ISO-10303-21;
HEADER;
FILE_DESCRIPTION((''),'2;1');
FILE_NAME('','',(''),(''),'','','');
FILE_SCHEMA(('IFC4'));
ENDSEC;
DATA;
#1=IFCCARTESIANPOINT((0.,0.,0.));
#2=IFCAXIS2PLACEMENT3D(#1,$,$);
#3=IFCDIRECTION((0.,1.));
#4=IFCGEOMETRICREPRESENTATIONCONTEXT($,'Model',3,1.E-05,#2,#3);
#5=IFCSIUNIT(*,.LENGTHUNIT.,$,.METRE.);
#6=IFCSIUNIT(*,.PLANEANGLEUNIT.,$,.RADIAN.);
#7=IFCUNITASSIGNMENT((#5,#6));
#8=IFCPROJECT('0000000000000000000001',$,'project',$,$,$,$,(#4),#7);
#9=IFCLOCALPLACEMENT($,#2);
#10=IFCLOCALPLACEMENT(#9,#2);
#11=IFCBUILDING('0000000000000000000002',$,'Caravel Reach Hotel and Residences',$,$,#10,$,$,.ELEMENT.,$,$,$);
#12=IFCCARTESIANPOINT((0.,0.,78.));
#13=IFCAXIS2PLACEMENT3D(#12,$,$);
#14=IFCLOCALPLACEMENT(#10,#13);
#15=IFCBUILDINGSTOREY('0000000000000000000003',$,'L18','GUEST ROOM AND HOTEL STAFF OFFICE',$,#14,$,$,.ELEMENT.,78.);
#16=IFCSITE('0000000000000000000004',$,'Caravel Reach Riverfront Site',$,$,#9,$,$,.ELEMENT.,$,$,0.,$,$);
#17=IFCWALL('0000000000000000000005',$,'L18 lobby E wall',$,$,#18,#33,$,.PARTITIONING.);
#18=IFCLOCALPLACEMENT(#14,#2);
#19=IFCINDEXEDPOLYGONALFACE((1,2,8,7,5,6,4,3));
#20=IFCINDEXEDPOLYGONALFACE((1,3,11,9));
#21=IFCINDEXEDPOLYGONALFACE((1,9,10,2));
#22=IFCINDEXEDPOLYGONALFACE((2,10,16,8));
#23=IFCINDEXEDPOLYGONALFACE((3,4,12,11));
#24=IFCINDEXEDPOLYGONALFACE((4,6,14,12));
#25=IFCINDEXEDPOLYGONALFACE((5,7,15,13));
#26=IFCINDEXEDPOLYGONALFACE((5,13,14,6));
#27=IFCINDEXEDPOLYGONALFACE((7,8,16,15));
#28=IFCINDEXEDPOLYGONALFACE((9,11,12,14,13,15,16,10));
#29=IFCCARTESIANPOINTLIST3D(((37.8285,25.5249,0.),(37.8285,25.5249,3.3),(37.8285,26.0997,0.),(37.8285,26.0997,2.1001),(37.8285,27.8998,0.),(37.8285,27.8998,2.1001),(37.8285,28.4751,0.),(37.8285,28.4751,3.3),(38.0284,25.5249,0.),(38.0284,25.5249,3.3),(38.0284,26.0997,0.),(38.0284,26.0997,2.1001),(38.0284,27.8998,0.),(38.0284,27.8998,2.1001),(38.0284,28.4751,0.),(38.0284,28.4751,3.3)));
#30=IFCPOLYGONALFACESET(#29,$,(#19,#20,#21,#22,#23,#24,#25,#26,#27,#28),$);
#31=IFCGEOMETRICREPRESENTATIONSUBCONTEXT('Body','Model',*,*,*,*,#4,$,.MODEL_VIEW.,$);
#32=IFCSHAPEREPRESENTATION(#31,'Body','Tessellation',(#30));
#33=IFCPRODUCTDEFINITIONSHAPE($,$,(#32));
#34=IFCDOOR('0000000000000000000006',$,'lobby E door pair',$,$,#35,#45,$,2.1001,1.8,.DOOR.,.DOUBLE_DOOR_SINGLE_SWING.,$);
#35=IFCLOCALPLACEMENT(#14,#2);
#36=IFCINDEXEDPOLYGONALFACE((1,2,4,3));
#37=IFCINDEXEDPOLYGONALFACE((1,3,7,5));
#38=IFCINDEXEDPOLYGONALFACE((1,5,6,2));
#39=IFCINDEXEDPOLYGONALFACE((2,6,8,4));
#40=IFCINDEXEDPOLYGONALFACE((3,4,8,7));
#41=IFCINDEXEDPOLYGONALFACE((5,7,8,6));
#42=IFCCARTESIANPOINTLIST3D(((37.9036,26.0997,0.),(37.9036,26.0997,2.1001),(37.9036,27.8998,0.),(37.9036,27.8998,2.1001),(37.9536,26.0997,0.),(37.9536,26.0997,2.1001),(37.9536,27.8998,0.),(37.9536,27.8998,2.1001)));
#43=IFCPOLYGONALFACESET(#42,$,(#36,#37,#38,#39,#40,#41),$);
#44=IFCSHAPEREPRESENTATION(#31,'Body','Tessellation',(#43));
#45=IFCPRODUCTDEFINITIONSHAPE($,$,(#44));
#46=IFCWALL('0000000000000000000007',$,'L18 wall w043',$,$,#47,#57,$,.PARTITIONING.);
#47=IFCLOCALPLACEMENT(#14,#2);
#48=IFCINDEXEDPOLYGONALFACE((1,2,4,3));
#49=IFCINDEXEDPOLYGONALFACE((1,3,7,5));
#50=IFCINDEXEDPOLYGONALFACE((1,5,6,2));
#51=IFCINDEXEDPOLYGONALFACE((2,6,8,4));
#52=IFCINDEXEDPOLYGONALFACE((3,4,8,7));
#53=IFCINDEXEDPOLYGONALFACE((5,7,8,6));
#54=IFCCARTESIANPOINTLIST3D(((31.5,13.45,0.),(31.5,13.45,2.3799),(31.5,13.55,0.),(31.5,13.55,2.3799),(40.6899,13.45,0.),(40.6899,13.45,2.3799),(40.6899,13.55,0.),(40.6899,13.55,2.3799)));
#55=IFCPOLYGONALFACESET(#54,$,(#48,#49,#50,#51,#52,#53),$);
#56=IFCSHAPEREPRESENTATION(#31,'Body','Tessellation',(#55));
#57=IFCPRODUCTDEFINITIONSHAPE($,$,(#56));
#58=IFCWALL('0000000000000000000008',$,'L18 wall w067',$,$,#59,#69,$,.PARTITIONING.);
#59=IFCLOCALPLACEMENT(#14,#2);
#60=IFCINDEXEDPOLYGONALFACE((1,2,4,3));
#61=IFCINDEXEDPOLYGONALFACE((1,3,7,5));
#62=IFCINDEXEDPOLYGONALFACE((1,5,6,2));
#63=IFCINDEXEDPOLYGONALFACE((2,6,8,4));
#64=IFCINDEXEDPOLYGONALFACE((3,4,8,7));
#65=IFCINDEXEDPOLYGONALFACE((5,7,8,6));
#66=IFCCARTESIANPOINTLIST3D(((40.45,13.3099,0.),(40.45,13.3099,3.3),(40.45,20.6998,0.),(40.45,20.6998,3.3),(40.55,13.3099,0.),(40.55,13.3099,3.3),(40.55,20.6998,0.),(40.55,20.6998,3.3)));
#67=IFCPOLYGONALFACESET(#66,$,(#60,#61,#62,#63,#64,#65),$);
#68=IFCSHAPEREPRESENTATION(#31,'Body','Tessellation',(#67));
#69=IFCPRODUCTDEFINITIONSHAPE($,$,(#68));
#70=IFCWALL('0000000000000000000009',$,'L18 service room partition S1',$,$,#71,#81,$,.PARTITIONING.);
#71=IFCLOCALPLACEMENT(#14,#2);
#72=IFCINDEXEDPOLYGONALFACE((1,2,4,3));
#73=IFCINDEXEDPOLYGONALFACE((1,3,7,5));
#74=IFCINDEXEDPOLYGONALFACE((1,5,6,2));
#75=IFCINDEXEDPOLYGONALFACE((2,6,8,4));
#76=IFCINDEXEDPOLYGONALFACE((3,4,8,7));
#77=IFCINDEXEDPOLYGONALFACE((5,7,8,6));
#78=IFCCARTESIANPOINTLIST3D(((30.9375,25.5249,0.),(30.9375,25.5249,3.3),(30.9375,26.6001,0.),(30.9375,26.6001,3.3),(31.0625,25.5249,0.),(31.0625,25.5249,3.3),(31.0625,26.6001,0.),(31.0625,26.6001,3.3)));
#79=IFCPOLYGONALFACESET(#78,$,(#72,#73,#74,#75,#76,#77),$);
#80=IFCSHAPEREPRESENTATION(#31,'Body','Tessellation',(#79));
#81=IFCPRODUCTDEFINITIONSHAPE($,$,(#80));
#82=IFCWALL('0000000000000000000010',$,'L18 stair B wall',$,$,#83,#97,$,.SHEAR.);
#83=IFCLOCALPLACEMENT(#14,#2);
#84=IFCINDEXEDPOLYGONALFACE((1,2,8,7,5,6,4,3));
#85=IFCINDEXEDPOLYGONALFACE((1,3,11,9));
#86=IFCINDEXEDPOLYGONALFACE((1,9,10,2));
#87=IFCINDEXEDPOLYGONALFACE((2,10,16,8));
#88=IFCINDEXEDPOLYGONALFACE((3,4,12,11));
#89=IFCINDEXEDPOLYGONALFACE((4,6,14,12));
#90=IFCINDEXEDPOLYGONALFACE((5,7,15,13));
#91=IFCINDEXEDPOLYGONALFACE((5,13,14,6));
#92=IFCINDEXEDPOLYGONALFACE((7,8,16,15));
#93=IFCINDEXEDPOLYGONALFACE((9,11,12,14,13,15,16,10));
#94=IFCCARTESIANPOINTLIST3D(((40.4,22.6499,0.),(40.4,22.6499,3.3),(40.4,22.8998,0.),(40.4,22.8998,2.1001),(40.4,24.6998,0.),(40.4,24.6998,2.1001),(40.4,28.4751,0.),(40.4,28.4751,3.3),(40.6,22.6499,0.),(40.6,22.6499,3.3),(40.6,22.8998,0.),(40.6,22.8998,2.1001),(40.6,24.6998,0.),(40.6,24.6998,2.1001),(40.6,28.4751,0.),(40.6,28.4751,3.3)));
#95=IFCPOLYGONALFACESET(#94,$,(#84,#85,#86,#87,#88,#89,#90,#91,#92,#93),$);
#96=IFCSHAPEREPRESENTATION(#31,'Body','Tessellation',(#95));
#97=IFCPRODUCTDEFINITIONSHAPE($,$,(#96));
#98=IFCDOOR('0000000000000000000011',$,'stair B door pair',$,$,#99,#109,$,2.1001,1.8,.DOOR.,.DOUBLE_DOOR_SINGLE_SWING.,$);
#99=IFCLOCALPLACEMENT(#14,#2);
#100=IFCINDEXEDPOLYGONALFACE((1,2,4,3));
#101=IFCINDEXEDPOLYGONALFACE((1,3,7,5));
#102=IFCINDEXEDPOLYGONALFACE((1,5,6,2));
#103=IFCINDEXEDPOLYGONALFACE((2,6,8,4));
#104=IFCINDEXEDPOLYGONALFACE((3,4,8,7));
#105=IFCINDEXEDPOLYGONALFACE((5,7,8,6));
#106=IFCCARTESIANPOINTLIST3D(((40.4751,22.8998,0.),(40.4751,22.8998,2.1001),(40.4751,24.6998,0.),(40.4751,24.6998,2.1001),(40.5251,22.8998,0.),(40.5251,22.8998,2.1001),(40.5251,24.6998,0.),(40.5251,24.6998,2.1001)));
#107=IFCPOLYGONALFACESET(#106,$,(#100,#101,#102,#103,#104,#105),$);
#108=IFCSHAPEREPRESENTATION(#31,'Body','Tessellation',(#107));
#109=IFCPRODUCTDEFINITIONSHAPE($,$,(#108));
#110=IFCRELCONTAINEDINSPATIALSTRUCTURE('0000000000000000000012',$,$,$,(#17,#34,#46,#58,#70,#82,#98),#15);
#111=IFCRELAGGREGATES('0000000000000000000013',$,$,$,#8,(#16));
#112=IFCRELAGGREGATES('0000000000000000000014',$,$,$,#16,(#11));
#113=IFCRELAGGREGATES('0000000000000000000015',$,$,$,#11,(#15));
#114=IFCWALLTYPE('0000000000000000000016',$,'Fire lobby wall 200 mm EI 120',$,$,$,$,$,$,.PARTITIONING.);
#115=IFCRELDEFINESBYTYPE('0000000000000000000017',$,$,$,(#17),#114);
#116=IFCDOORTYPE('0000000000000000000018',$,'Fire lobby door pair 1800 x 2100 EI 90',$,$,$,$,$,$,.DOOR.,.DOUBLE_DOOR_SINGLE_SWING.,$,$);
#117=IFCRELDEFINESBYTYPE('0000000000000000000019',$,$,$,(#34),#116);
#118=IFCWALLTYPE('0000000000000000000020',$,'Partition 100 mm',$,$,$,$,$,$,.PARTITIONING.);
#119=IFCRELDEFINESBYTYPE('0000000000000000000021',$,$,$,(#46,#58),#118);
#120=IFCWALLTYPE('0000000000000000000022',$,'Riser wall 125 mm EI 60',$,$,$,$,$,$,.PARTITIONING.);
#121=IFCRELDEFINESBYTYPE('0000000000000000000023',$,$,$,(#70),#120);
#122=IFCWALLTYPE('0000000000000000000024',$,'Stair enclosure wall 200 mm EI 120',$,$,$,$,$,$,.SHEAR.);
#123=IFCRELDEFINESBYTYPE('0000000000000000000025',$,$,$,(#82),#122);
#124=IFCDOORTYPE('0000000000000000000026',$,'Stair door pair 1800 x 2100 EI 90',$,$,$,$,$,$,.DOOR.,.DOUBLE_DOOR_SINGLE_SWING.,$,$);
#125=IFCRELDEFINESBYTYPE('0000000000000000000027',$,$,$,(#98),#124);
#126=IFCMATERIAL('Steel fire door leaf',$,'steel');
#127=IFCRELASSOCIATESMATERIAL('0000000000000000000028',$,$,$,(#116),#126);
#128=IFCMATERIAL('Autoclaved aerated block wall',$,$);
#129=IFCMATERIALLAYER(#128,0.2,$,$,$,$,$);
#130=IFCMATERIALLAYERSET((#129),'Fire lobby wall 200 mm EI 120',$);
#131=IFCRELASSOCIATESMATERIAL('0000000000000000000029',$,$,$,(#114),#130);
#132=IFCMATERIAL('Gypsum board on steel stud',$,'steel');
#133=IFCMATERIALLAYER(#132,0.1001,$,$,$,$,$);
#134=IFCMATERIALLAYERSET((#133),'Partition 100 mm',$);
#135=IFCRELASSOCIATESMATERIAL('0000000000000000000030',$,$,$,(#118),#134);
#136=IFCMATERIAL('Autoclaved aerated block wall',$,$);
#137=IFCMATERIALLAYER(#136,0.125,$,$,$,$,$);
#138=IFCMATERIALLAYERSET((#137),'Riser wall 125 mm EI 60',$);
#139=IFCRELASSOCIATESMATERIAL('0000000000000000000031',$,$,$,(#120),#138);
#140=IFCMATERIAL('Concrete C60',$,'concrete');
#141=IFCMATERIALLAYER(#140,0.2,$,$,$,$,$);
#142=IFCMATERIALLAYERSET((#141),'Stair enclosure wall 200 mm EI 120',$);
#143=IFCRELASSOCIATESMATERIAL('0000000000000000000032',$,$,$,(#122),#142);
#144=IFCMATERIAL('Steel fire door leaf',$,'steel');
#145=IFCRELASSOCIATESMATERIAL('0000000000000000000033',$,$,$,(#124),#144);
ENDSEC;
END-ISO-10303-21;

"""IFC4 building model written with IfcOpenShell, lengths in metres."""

from ifc_helpers import new_model, si_unit, direction, frame, frame_2d, origin, place, context, subcontext, project, spatial, rectangle, extrude, material, layer, layer_set, type_object, element, fill, save


model = new_model("IFC4")

# Units and contexts
model_context = context("Model", 3, precision=1e-05, world=origin(), true_north=direction((0.0, 1.0)))
body_context = subcontext(model_context, "Body", "Model", "MODEL_VIEW")
ifc_project = project(units=[si_unit("LENGTHUNIT", "METRE"), si_unit("PLANEANGLEUNIT", "RADIAN")], contexts=[model_context])

# Site, building, storey
site_placement = place(None, origin())
site = spatial("IfcSite", under=ifc_project, at=site_placement, Name="Caravel Reach Riverfront Site", CompositionType="ELEMENT", RefElevation=0.0)
building_placement = place(site_placement, origin())
building = spatial("IfcBuilding", under=site, at=building_placement, Name="Caravel Reach Hotel and Residences", CompositionType="ELEMENT")
storey_placement = place(building_placement, frame((0.0, 0.0, 78.0)))
storey = spatial("IfcBuildingStorey", under=building, at=storey_placement, Name="L18", Description="GUEST ROOM AND HOTEL STAFF OFFICE", CompositionType="ELEMENT", Elevation=78.0)

# Shared definitions
ifc_material_1 = material(Name="Steel fire door leaf", Category="steel")
door_type_1 = type_object("IfcDoorType", Name="Fire lobby door pair 1800 x 2100 EI 90", OperationType="DOUBLE_DOOR_SINGLE_SWING", PredefinedType="DOOR", material=ifc_material_1)

# Wall, opening, door
ifc_material_2 = material(Name="Autoclaved aerated block wall")
ifc_layer_1 = layer(ifc_material_2, 0.2)
ifc_layer_set_1 = layer_set([ifc_layer_1], Name="Fire lobby wall 200 mm EI 120")
wall_type_1 = type_object("IfcWallType", Name="Fire lobby wall 200 mm EI 120", PredefinedType="PARTITIONING", material=ifc_layer_set_1)
wall_1_placement = place(storey_placement, frame((37.9285, 25.5249, 0.0), z_axis=(0.0, 0.0, 1.0), x_axis=(0.0, 1.0, 0.0)))
wall_1 = element("IfcWall", 1, at=wall_1_placement, inside=storey, type_object=wall_type_1, Name="L18 lobby E wall", PredefinedType="PARTITIONING", context=body_context, shape_type="SweptSolid", body=[
    extrude(rectangle(XDim=2.9502, YDim=0.2, at=frame_2d((1.4751, 0.0))), origin(), (0.0, 0.0, 1.0), 3.3),
])
opening_1_placement = place(wall_1_placement, frame((0.575, 0.0, 0.0)))
opening_1 = element("IfcOpeningElement", 2, at=opening_1_placement, cuts=wall_1, PredefinedType="OPENING", context=body_context, shape_type="SweptSolid", body=[
    extrude(rectangle(XDim=1.8, YDim=2.1001, at=frame_2d((0.8999, 1.05))), frame((0.0, 0.1099, 0.0), z_axis=(0.0, -1.0, 0.0), x_axis=(1.0, 0.0, 0.0)), (0.0, 0.0, 1.0), 0.22),
])
door_1_placement = place(opening_1_placement, origin())
door_1 = element("IfcDoor", 3, at=door_1_placement, inside=storey, type_object=door_type_1, Name="lobby E door pair", OperationType="DOUBLE_DOOR_SINGLE_SWING", OverallHeight=2.1001, OverallWidth=1.8, PredefinedType="DOOR", context=body_context, shape_type="SweptSolid", body=[
    extrude(rectangle(XDim=1.8, YDim=2.1001, at=frame_2d((0.8999, 1.05))), frame((0.0, 0.0249, 0.0), z_axis=(0.0, -1.0, 0.0), x_axis=(1.0, 0.0, 0.0)), (0.0, 0.0, 1.0), 0.05),
])
fill(opening_1, door_1)

# Walls
ifc_material_3 = material(Name="Gypsum board on steel stud", Category="steel")
ifc_layer_2 = layer(ifc_material_3, 0.1001)
ifc_layer_set_2 = layer_set([ifc_layer_2], Name="Partition 100 mm")
wall_type_2 = type_object("IfcWallType", Name="Partition 100 mm", PredefinedType="PARTITIONING", material=ifc_layer_set_2)
wall_2_placement = place(storey_placement, frame((31.5, 13.5, 0.0), z_axis=(0.0, 0.0, 1.0), x_axis=(1.0, 0.0, 0.0)))
element("IfcWall", 4, at=wall_2_placement, inside=storey, type_object=wall_type_2, Name="L18 wall w043", PredefinedType="PARTITIONING", context=body_context, shape_type="SweptSolid", body=[
    extrude(rectangle(XDim=9.1899, YDim=0.1001, at=frame_2d((4.595, 0.0))), origin(), (0.0, 0.0, 1.0), 2.3799),
])
wall_3_placement = place(storey_placement, frame((40.5, 13.3101, 0.0), z_axis=(0.0, 0.0, 1.0), x_axis=(0.0, 1.0, 0.0)))
element("IfcWall", 5, at=wall_3_placement, inside=storey, type_object=wall_type_2, Name="L18 wall w067", PredefinedType="PARTITIONING", context=body_context, shape_type="SweptSolid", body=[
    extrude(rectangle(XDim=7.3899, YDim=0.1001, at=frame_2d((3.6948, 0.0))), origin(), (0.0, 0.0, 1.0), 3.3),
])
ifc_material_4 = material(Name="Autoclaved aerated block wall")
ifc_layer_3 = layer(ifc_material_4, 0.125)
ifc_layer_set_3 = layer_set([ifc_layer_3], Name="Riser wall 125 mm EI 60")
wall_type_3 = type_object("IfcWallType", Name="Riser wall 125 mm EI 60", PredefinedType="PARTITIONING", material=ifc_layer_set_3)
wall_4_placement = place(storey_placement, frame((31.0, 25.5249, 0.0), z_axis=(0.0, 0.0, 1.0), x_axis=(0.0, 1.0, 0.0)))
element("IfcWall", 6, at=wall_4_placement, inside=storey, type_object=wall_type_3, Name="L18 service room partition S1", PredefinedType="PARTITIONING", context=body_context, shape_type="SweptSolid", body=[
    extrude(rectangle(XDim=1.0752, YDim=0.125, at=frame_2d((0.5376, 0.0))), origin(), (0.0, 0.0, 1.0), 3.3),
])

# Wall, opening, door
ifc_material_5 = material(Name="Concrete C60", Category="concrete")
ifc_layer_4 = layer(ifc_material_5, 0.2)
ifc_layer_set_4 = layer_set([ifc_layer_4], Name="Stair enclosure wall 200 mm EI 120")
wall_type_4 = type_object("IfcWallType", Name="Stair enclosure wall 200 mm EI 120", PredefinedType="SHEAR", material=ifc_layer_set_4)
wall_5_placement = place(storey_placement, frame((40.5, 22.6499, 0.0), z_axis=(0.0, 0.0, 1.0), x_axis=(0.0, 1.0, 0.0)))
wall_5 = element("IfcWall", 7, at=wall_5_placement, inside=storey, type_object=wall_type_4, Name="L18 stair B wall", PredefinedType="SHEAR", context=body_context, shape_type="SweptSolid", body=[
    extrude(rectangle(XDim=5.8252, YDim=0.2, at=frame_2d((2.9126, 0.0))), origin(), (0.0, 0.0, 1.0), 3.3),
])
opening_2_placement = place(wall_5_placement, frame((0.25, 0.0, 0.0)))
opening_2 = element("IfcOpeningElement", 8, at=opening_2_placement, cuts=wall_5, PredefinedType="OPENING", context=body_context, shape_type="SweptSolid", body=[
    extrude(rectangle(XDim=1.8, YDim=2.1001, at=frame_2d((0.8999, 1.05))), frame((0.0, 0.1099, 0.0), z_axis=(0.0, -1.0, 0.0), x_axis=(1.0, 0.0, 0.0)), (0.0, 0.0, 1.0), 0.22),
])
ifc_material_6 = material(Name="Steel fire door leaf", Category="steel")
door_type_2 = type_object("IfcDoorType", Name="Stair door pair 1800 x 2100 EI 90", OperationType="DOUBLE_DOOR_SINGLE_SWING", PredefinedType="DOOR", material=ifc_material_6)
door_2_placement = place(opening_2_placement, origin())
door_2 = element("IfcDoor", 9, at=door_2_placement, inside=storey, type_object=door_type_2, Name="stair B door pair", OperationType="DOUBLE_DOOR_SINGLE_SWING", OverallHeight=2.1001, OverallWidth=1.8, PredefinedType="DOOR", context=body_context, shape_type="SweptSolid", body=[
    extrude(rectangle(XDim=1.8, YDim=2.1001, at=frame_2d((0.8999, 1.05))), frame((0.0, 0.0249, 0.0), z_axis=(0.0, -1.0, 0.0), x_axis=(1.0, 0.0, 0.0)), (0.0, 0.0, 1.0), 0.05),
])
fill(opening_2, door_2)

save(model, "model.ifc")
